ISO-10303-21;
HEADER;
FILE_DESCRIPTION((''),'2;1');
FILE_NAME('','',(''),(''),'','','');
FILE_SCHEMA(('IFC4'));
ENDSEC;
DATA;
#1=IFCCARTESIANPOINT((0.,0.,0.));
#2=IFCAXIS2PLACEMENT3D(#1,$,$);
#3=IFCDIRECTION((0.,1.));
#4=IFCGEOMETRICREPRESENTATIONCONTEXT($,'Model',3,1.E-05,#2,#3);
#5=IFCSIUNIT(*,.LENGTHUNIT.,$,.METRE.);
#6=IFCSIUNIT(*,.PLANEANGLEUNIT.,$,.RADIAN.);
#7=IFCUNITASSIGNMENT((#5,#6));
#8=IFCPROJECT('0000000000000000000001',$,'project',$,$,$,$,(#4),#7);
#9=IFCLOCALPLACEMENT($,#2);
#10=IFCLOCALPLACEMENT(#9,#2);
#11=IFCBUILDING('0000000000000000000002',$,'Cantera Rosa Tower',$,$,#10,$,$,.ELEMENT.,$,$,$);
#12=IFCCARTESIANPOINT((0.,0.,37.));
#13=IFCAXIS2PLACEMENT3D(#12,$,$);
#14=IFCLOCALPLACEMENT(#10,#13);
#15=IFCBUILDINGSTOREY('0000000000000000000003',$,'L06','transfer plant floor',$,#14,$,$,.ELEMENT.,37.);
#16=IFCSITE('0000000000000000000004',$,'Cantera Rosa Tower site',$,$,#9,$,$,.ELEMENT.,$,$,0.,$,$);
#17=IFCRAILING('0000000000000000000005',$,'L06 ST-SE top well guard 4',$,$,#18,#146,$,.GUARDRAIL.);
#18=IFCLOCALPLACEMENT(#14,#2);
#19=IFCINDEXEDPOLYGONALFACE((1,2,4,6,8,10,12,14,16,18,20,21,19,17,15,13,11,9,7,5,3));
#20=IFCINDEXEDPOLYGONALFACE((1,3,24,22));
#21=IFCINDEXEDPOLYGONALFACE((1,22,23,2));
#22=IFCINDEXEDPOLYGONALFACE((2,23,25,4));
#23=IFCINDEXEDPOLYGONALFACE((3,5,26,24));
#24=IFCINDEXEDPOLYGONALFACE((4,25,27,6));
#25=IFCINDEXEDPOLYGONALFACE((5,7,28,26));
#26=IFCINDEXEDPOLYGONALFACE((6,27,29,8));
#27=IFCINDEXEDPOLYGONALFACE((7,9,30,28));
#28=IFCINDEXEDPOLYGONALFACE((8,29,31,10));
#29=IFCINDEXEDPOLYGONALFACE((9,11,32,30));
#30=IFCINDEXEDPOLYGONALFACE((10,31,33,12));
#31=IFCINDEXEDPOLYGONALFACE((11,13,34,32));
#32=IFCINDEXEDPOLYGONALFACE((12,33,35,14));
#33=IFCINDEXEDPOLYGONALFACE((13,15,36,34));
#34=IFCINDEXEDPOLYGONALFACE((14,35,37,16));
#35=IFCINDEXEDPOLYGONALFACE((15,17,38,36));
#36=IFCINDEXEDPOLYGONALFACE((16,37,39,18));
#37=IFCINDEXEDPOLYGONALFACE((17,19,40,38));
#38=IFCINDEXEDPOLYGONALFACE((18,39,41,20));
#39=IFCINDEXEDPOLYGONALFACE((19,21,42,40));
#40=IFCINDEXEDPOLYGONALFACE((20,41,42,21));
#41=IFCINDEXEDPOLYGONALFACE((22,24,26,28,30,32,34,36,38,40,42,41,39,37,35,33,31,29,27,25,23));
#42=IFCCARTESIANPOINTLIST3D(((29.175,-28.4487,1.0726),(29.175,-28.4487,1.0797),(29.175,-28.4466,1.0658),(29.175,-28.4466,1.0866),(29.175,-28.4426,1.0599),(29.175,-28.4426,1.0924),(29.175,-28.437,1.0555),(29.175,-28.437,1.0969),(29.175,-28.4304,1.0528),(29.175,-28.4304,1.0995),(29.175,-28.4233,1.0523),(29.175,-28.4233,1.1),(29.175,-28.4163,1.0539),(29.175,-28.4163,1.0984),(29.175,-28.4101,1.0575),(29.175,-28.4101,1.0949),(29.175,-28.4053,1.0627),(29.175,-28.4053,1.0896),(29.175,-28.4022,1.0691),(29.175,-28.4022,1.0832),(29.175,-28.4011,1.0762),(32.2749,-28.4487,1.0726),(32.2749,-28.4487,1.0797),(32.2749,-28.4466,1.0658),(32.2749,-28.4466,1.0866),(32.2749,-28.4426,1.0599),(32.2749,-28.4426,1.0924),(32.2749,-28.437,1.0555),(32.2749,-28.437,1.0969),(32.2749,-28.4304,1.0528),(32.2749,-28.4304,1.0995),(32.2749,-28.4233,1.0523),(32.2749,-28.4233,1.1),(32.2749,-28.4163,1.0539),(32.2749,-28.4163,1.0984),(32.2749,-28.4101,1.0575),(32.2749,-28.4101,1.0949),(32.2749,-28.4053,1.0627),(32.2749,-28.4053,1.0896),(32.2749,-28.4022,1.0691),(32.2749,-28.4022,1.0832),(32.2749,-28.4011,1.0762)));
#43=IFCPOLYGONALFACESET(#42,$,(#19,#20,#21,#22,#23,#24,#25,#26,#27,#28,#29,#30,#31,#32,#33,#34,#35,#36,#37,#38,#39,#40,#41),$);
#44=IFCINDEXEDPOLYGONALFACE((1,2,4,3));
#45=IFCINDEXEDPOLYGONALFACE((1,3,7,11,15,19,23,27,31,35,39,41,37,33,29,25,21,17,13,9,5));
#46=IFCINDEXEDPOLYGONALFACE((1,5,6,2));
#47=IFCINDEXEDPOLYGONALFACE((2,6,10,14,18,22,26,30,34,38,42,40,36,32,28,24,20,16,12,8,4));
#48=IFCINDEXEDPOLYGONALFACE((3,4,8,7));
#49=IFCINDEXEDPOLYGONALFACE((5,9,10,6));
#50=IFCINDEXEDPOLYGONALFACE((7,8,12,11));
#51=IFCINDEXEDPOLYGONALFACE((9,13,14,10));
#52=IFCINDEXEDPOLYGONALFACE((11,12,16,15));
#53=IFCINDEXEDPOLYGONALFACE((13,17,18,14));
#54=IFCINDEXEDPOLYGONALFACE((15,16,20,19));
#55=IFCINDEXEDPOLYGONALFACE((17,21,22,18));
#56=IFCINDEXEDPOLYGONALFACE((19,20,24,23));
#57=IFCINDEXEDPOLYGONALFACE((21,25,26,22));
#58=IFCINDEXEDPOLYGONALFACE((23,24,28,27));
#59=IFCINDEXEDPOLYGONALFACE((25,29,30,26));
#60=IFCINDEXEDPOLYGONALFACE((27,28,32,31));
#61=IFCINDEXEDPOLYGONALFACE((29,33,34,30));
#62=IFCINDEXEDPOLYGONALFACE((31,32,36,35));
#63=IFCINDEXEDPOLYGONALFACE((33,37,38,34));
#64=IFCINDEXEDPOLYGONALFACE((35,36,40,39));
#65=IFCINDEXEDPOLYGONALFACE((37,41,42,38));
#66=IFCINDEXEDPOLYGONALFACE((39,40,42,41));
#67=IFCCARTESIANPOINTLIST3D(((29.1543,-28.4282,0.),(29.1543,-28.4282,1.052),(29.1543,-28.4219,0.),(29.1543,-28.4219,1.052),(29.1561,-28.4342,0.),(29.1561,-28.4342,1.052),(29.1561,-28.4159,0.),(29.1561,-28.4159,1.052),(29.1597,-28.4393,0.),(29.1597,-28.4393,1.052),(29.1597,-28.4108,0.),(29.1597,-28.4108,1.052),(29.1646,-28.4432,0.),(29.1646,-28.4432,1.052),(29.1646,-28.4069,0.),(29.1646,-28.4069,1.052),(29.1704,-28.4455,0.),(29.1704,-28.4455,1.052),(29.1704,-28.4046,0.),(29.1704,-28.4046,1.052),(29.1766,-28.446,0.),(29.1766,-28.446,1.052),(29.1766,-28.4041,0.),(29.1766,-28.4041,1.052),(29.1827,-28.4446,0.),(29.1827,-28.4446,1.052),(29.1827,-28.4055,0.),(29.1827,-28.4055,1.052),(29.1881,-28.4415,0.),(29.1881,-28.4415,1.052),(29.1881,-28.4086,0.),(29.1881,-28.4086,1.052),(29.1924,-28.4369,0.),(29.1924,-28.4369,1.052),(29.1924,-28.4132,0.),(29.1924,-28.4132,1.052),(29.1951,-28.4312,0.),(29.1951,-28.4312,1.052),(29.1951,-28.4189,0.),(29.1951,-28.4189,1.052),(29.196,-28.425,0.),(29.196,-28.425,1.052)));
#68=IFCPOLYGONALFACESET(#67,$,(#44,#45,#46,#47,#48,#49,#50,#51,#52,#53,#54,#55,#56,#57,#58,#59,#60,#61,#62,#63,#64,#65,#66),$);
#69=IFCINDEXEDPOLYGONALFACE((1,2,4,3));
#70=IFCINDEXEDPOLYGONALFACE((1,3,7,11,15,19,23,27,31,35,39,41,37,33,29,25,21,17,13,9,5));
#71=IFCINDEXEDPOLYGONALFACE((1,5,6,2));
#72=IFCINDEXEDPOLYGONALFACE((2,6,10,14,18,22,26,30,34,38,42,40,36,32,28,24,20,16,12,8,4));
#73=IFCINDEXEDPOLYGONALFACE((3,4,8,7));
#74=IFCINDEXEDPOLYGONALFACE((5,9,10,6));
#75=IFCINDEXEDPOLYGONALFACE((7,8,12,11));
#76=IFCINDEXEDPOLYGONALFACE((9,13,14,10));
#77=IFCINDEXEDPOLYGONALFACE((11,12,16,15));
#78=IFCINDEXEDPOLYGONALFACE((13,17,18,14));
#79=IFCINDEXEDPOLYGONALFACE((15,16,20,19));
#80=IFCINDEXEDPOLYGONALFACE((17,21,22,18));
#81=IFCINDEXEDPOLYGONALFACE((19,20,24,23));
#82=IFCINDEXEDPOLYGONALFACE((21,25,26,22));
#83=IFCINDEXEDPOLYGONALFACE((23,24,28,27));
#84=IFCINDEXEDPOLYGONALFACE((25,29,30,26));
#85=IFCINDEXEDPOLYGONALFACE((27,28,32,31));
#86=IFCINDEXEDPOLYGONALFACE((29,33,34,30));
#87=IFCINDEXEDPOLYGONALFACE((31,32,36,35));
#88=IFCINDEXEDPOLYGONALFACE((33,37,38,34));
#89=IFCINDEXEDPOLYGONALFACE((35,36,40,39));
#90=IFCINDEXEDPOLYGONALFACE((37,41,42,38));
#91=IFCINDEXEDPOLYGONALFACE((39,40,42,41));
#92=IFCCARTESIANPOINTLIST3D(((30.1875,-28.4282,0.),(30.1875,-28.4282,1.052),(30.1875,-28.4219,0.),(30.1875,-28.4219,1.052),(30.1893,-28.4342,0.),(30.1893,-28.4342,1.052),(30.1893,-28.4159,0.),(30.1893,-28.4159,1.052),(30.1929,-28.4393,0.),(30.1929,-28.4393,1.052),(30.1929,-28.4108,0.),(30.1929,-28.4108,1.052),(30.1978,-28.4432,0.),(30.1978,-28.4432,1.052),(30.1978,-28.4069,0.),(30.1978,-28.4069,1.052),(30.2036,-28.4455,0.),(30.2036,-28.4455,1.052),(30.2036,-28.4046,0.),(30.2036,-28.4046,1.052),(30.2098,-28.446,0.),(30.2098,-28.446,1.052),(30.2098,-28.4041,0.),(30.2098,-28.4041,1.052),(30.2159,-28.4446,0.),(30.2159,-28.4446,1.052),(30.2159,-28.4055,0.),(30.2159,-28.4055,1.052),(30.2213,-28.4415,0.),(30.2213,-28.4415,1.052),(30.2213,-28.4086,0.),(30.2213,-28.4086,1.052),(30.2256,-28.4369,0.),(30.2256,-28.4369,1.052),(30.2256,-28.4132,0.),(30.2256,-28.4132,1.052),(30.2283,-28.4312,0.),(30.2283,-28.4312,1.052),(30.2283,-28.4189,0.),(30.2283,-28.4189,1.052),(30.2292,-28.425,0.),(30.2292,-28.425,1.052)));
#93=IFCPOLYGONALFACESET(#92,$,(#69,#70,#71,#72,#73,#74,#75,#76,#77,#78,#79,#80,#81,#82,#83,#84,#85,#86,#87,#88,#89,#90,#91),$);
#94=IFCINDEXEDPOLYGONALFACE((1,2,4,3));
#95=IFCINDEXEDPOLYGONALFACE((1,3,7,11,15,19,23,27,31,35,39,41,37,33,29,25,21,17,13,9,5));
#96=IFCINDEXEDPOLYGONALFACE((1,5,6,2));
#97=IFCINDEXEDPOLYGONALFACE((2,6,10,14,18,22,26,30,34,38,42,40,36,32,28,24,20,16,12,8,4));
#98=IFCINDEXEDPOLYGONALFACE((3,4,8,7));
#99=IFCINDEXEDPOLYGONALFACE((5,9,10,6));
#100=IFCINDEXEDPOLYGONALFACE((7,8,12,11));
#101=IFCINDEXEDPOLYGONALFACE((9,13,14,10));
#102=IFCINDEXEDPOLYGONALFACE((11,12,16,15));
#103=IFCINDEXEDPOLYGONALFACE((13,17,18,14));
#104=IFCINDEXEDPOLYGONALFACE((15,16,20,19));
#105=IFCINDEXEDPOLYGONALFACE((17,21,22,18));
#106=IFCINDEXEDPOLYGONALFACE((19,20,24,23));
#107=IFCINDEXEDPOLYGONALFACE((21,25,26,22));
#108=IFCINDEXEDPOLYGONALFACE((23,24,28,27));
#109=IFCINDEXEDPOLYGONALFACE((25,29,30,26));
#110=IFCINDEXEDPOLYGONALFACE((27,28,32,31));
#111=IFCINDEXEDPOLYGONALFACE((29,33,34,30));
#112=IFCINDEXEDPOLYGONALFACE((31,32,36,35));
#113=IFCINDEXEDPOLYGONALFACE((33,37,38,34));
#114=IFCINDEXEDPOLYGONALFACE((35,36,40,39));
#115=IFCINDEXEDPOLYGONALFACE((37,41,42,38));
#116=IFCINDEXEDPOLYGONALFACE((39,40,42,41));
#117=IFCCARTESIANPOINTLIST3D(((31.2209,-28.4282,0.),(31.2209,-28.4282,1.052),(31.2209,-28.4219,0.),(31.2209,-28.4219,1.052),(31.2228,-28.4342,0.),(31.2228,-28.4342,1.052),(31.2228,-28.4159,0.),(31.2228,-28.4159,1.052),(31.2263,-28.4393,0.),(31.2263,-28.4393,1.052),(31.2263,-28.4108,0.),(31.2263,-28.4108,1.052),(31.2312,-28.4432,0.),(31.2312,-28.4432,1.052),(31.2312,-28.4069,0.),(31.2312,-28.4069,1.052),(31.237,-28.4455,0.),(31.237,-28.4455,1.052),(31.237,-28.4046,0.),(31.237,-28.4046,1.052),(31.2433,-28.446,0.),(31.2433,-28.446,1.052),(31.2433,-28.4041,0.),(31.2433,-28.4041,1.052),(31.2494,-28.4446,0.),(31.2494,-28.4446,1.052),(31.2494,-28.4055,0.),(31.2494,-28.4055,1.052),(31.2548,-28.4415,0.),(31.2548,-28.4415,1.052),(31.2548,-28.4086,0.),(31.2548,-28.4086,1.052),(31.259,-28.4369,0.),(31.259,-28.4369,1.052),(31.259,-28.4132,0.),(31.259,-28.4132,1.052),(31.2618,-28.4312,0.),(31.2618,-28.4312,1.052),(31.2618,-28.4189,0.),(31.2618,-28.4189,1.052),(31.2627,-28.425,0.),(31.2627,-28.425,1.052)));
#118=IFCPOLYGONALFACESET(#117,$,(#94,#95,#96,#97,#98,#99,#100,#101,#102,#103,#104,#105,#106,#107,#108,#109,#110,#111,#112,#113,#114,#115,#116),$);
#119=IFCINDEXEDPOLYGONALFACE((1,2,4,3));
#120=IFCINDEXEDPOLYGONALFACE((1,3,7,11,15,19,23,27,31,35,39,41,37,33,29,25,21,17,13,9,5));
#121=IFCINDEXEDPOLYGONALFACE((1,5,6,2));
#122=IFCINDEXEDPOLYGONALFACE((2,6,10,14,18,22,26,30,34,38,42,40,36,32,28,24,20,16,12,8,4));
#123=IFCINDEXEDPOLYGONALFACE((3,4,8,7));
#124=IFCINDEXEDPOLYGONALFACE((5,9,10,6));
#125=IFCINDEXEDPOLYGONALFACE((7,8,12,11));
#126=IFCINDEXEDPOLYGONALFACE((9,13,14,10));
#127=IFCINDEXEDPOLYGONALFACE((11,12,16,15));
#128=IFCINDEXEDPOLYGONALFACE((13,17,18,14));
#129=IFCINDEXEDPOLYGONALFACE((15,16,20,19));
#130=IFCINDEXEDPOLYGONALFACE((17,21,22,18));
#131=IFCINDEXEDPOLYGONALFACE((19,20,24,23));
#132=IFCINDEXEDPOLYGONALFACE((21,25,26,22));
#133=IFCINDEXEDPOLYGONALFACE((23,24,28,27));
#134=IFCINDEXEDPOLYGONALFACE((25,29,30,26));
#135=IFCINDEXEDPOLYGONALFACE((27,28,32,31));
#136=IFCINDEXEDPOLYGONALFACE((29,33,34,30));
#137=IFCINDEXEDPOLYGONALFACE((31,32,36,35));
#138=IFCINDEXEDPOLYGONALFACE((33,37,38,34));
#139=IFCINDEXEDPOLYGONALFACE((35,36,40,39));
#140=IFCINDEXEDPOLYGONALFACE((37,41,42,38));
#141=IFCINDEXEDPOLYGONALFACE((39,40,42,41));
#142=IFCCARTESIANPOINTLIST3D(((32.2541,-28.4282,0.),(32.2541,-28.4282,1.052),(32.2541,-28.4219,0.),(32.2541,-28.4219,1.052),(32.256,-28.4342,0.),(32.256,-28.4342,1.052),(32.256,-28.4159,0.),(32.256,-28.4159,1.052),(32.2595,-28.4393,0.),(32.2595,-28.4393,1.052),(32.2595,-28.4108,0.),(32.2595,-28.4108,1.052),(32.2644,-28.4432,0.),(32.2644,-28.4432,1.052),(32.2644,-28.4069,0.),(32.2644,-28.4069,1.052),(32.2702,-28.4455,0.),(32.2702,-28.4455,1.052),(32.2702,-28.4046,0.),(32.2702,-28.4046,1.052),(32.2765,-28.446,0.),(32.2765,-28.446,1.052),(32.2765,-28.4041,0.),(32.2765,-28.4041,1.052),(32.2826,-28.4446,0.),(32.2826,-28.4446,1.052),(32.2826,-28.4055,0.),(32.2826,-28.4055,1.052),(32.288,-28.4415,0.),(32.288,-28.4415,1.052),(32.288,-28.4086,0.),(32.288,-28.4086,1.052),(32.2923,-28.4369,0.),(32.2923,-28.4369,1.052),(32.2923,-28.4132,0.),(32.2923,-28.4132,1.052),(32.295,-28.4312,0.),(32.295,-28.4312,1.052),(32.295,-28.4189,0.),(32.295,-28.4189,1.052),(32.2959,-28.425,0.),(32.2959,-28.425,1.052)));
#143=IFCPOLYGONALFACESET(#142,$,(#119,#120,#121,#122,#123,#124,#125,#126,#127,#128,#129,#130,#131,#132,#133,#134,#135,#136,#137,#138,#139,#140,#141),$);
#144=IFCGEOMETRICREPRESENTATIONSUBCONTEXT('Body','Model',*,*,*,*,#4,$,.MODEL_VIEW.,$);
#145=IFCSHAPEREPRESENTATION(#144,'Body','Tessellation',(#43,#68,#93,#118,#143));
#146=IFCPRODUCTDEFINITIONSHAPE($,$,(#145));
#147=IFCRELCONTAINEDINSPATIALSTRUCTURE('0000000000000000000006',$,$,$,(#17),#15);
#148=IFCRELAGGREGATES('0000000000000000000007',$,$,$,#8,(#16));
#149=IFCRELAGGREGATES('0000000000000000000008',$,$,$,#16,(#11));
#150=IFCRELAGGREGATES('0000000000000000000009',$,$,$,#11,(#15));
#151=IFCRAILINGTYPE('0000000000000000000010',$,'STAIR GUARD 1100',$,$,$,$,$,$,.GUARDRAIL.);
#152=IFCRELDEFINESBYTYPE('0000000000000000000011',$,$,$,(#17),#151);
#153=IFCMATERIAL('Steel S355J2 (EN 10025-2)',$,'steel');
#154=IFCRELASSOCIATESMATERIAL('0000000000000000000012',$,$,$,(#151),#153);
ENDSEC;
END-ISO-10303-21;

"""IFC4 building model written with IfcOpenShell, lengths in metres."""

from ifc_helpers import new_model, si_unit, direction, frame, origin, origin_2d, place, context, subcontext, project, spatial, circle, extrude, material, type_object, element, save


model = new_model("IFC4")

# Units and contexts
model_context = context("Model", 3, precision=1e-05, world=origin(), true_north=direction((0.0, 1.0)))
body_context = subcontext(model_context, "Body", "Model", "MODEL_VIEW")
ifc_project = project(units=[si_unit("LENGTHUNIT", "METRE"), si_unit("PLANEANGLEUNIT", "RADIAN")], contexts=[model_context])

# Site, building, storey
site_placement = place(None, origin())
site = spatial("IfcSite", under=ifc_project, at=site_placement, Name="Cantera Rosa Tower site", CompositionType="ELEMENT", RefElevation=0.0)
building_placement = place(site_placement, origin())
building = spatial("IfcBuilding", under=site, at=building_placement, Name="Cantera Rosa Tower", CompositionType="ELEMENT")
storey_placement = place(building_placement, frame((0.0, 0.0, 37.0)))
storey = spatial("IfcBuildingStorey", under=building, at=storey_placement, Name="L06", Description="transfer plant floor", CompositionType="ELEMENT", Elevation=37.0)

# Railing
ifc_material_1 = material(Name="Steel S355J2 (EN 10025-2)", Category="steel")
railing_type = type_object("IfcRailingType", Name="STAIR GUARD 1100", PredefinedType="GUARDRAIL", material=ifc_material_1)
railing_1_placement = place(storey_placement, frame((29.175, -28.425, 0.0)))
element("IfcRailing", 1, at=railing_1_placement, inside=storey, type_object=railing_type, Name="L06 ST-SE top well guard 4", PredefinedType="GUARDRAIL", context=body_context, shape_type="SweptSolid", body=[
    extrude(circle(Radius=0.0239, at=origin_2d()), frame((0.0, 0.0, 1.0762), z_axis=(1.0, 0.0, 0.0), x_axis=(0.0, 1.0, 0.0)), (0.0, 0.0, 1.0), 3.0999),
    extrude(circle(Radius=0.021, at=origin_2d()), origin(), (0.0, 0.0, 1.0), 1.052),
    extrude(circle(Radius=0.021, at=origin_2d()), frame((1.0332, 0.0, 0.0)), (0.0, 0.0, 1.0), 1.052),
    extrude(circle(Radius=0.021, at=origin_2d()), frame((2.0667, 0.0, 0.0)), (0.0, 0.0, 1.0), 1.052),
    extrude(circle(Radius=0.021, at=origin_2d()), frame((3.0999, 0.0, 0.0)), (0.0, 0.0, 1.0), 1.052),
])

save(model, "model.ifc")
